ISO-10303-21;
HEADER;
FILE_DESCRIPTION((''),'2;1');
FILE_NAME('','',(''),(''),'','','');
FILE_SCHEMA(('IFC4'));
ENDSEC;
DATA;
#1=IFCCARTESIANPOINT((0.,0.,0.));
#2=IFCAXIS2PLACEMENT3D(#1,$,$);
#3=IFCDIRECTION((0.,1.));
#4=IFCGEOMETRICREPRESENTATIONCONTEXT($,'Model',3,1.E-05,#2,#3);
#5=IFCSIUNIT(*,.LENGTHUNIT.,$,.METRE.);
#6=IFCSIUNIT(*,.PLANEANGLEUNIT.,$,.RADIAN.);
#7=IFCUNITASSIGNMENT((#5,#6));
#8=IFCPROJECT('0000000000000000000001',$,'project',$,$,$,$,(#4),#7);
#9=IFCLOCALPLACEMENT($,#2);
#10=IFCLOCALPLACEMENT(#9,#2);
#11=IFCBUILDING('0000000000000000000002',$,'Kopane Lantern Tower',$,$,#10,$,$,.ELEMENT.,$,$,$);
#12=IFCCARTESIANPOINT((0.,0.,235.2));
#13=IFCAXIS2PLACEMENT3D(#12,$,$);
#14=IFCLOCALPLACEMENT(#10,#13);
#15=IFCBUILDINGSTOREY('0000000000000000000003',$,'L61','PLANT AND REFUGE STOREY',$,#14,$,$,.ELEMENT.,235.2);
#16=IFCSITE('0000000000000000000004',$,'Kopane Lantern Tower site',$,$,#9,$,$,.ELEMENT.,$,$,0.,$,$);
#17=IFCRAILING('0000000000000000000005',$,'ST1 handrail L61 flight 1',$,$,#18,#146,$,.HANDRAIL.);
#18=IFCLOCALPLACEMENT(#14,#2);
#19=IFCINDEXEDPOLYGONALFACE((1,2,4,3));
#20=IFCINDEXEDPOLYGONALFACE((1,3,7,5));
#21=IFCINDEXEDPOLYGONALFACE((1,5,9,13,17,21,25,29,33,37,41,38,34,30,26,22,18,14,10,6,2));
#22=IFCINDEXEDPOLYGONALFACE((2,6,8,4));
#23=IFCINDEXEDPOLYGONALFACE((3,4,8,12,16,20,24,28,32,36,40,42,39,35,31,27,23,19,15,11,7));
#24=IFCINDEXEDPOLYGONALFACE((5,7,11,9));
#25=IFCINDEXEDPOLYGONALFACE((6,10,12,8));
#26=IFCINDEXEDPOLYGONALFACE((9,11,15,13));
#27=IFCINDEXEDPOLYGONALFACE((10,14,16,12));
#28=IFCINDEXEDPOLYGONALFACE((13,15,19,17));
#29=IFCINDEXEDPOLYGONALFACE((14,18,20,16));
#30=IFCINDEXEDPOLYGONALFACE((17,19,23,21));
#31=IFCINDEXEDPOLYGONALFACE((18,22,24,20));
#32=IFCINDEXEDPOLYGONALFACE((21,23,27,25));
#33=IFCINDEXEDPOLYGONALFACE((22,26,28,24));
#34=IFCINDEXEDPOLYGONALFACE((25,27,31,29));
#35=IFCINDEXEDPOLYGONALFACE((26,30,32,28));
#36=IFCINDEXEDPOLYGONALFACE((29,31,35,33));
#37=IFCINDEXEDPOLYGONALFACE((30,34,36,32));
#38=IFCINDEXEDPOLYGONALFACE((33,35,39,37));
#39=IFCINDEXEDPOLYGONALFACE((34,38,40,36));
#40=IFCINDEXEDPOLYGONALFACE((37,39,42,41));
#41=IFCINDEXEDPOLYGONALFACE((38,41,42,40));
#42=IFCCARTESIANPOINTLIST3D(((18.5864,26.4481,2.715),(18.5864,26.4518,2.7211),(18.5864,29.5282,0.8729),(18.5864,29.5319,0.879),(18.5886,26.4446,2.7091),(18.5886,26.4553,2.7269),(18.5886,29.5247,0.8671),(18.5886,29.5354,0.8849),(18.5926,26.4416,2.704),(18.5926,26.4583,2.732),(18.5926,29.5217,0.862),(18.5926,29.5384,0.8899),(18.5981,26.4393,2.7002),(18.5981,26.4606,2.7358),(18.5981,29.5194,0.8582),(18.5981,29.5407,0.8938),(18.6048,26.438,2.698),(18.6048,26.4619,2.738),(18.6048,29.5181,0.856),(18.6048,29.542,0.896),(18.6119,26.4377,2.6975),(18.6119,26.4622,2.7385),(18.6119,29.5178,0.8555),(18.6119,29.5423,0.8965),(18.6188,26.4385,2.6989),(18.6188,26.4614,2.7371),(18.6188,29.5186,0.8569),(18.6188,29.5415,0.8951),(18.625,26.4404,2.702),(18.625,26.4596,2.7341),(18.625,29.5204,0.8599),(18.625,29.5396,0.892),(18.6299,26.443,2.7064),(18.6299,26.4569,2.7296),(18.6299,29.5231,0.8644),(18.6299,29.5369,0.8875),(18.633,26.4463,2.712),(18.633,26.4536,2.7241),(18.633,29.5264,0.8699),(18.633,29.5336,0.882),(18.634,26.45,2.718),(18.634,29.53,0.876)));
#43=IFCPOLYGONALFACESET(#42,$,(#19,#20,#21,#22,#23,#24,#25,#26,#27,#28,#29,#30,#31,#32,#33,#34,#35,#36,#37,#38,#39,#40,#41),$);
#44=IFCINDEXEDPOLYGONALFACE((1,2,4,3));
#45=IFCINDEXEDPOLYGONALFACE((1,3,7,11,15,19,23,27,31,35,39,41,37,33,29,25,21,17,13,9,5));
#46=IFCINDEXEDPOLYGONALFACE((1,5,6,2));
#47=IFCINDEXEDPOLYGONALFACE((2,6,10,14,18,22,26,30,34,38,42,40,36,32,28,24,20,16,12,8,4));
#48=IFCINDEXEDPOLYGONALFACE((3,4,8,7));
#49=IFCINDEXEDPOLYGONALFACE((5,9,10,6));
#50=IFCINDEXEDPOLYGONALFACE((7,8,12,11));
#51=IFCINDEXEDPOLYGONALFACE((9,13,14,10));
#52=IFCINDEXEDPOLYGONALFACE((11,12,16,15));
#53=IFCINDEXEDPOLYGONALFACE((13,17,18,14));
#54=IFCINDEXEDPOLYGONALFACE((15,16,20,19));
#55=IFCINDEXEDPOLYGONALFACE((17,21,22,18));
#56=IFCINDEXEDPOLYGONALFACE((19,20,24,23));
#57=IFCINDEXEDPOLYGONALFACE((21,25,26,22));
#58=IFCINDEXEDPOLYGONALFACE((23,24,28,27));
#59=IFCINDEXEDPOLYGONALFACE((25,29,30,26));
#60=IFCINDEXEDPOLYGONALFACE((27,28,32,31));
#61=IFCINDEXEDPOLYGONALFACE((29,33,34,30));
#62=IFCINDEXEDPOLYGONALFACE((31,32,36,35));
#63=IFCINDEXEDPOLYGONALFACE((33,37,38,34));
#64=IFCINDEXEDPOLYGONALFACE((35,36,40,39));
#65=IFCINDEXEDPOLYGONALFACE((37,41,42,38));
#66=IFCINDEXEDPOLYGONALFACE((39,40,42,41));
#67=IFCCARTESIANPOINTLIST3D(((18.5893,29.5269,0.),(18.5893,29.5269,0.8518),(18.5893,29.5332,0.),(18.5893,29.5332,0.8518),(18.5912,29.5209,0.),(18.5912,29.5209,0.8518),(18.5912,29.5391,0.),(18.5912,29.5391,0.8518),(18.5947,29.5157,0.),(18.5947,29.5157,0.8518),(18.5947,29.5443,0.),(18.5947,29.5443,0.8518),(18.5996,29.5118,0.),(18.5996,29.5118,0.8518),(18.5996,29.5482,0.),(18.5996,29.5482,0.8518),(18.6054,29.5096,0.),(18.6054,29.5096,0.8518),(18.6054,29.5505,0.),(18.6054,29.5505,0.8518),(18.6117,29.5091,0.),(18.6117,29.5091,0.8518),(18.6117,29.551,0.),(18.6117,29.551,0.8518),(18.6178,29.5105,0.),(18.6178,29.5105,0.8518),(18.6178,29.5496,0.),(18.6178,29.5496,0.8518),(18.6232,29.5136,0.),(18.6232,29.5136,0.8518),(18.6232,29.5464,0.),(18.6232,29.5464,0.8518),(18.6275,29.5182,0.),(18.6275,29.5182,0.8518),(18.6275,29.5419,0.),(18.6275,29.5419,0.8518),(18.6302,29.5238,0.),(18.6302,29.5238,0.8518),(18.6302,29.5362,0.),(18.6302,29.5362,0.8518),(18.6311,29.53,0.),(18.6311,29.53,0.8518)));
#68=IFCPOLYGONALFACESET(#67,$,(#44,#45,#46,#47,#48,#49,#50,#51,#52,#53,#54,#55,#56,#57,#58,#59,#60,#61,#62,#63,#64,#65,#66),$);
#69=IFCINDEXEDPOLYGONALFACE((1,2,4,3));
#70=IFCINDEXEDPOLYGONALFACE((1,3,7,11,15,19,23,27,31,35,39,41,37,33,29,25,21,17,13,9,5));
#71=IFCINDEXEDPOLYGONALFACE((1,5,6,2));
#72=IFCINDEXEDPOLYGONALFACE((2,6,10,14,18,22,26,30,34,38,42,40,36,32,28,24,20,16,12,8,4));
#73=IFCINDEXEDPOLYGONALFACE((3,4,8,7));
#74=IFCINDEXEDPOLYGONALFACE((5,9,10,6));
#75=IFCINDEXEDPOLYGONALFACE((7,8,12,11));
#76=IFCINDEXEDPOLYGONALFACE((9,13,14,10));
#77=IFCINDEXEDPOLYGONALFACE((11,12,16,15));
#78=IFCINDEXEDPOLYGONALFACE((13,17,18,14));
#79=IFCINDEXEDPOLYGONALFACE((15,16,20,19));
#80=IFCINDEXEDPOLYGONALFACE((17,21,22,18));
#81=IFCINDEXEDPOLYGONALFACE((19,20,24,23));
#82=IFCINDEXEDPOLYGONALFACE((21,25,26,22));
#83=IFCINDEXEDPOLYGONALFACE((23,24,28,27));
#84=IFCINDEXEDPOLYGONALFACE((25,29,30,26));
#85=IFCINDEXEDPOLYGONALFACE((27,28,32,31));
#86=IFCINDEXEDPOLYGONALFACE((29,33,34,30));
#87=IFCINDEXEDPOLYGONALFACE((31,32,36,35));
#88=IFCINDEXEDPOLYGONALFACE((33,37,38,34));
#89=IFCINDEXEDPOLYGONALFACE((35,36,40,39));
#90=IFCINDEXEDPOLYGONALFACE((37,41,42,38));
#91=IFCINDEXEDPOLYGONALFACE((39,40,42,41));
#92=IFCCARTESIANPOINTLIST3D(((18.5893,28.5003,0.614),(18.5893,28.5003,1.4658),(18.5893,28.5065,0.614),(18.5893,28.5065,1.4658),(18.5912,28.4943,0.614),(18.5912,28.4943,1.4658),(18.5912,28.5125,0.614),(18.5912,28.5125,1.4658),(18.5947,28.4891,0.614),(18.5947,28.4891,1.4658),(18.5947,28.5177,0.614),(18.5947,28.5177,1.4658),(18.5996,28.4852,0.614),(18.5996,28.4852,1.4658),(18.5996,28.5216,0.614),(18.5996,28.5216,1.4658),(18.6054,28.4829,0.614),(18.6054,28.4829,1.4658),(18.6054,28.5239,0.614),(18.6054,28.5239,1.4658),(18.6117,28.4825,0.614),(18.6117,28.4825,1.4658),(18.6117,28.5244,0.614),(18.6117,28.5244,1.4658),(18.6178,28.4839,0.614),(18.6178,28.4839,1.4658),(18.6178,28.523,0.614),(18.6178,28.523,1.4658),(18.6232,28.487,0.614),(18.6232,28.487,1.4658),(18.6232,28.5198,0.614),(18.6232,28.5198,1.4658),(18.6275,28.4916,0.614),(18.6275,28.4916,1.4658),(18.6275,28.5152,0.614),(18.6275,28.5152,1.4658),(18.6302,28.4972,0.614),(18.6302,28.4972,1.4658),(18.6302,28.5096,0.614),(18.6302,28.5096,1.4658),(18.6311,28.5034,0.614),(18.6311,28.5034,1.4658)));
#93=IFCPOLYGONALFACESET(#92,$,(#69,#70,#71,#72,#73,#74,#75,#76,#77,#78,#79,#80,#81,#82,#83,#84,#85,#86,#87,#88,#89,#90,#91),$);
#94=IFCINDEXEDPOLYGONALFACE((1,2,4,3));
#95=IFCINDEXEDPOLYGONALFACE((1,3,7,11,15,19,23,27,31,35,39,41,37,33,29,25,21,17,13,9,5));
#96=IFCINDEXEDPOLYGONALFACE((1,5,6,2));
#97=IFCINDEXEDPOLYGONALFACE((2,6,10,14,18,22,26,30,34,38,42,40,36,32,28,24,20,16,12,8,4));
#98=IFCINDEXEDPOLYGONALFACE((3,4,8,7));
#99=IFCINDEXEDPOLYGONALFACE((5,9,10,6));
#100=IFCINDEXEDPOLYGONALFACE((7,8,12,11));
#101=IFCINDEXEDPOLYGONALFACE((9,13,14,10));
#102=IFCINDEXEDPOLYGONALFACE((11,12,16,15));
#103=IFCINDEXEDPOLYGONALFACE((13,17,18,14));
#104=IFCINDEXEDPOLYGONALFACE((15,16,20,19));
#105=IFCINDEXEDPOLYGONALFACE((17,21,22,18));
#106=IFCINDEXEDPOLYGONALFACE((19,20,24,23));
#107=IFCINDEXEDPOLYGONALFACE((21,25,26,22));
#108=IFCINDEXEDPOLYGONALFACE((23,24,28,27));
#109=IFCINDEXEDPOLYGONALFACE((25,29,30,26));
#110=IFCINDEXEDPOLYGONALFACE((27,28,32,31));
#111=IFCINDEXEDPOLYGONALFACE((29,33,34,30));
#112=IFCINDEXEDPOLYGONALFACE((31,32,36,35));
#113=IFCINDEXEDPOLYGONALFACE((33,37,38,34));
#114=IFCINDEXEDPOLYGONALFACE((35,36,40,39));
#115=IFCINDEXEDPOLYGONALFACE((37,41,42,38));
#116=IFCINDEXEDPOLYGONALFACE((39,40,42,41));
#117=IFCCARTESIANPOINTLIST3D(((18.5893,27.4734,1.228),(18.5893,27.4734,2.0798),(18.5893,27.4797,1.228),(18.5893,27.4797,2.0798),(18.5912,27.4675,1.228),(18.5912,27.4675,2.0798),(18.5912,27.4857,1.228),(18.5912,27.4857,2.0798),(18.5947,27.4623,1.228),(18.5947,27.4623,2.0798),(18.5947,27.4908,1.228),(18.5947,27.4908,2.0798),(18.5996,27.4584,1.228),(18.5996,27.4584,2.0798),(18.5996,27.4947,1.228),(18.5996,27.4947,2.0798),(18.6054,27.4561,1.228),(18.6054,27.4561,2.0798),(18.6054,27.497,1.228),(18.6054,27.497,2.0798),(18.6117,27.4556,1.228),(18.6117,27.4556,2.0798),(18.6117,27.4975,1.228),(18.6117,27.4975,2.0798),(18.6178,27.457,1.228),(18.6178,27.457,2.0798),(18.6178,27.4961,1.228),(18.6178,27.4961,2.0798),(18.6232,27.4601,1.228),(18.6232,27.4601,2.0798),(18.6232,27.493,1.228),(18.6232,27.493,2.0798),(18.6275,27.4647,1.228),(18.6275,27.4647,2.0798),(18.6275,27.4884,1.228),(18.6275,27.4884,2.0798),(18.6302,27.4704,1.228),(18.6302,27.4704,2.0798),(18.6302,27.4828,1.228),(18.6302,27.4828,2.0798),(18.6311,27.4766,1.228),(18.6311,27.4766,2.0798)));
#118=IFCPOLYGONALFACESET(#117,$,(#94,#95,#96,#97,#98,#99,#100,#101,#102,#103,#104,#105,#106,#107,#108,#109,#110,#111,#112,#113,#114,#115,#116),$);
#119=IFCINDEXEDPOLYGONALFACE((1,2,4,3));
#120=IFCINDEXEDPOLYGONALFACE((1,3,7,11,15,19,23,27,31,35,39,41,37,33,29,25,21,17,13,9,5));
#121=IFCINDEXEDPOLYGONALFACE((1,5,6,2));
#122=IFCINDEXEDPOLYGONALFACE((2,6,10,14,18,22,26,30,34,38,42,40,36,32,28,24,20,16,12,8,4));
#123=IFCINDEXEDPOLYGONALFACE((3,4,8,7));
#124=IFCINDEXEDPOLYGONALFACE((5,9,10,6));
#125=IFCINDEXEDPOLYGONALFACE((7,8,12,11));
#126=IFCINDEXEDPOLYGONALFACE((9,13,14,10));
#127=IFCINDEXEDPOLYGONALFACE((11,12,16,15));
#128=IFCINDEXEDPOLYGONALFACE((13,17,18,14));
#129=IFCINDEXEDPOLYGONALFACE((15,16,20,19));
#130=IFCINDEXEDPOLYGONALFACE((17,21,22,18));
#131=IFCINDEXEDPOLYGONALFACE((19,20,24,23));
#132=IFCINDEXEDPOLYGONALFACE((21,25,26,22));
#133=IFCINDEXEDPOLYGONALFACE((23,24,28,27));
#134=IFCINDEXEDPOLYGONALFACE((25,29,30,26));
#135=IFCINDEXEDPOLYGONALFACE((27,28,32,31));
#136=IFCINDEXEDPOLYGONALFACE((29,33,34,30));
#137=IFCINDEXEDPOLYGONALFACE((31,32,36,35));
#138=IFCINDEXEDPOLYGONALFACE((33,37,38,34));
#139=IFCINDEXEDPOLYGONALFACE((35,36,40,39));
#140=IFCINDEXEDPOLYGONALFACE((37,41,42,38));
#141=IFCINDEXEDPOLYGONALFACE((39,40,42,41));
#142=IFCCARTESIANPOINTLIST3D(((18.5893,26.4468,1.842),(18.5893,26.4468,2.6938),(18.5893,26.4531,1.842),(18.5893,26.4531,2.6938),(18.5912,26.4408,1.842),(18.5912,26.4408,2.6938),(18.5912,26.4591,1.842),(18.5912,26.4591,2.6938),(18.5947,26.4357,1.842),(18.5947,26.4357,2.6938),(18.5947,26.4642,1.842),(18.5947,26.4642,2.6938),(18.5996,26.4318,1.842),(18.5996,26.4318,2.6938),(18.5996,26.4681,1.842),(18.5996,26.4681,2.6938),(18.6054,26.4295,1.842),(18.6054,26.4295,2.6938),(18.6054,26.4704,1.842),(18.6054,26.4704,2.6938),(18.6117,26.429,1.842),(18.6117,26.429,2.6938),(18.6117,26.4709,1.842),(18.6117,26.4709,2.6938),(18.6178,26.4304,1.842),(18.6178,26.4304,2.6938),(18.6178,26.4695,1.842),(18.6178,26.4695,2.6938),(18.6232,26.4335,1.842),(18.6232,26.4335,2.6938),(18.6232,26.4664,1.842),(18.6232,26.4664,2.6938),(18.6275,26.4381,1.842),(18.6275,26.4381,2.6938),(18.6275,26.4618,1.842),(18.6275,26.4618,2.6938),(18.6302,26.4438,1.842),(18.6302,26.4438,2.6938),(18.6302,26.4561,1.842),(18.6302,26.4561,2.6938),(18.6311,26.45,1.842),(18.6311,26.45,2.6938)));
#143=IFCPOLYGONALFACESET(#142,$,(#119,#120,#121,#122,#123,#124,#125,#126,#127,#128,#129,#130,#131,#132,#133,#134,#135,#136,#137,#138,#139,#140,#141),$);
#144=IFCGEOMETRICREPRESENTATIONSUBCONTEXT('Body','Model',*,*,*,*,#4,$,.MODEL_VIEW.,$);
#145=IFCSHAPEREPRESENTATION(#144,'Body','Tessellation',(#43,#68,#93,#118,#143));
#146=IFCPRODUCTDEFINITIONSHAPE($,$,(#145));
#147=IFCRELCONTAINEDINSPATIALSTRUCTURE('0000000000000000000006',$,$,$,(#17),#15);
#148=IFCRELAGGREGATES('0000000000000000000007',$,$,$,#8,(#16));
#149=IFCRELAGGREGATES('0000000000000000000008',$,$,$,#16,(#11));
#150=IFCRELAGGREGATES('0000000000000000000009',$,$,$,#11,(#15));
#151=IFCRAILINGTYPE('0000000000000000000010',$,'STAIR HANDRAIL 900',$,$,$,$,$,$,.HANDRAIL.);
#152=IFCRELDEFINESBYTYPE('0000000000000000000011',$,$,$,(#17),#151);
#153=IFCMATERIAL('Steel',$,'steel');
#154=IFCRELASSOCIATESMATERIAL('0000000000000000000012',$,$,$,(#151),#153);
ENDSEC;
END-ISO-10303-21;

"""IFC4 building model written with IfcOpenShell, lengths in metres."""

from ifc_helpers import new_model, si_unit, direction, frame, origin, origin_2d, place, context, subcontext, project, spatial, circle, extrude, material, type_object, element, save


model = new_model("IFC4")

# Units and contexts
model_context = context("Model", 3, precision=1e-05, world=origin(), true_north=direction((0.0, 1.0)))
body_context = subcontext(model_context, "Body", "Model", "MODEL_VIEW")
ifc_project = project(units=[si_unit("LENGTHUNIT", "METRE"), si_unit("PLANEANGLEUNIT", "RADIAN")], contexts=[model_context])

# Site, building, storey
site_placement = place(None, origin())
site = spatial("IfcSite", under=ifc_project, at=site_placement, Name="Kopane Lantern Tower site", CompositionType="ELEMENT", RefElevation=0.0)
building_placement = place(site_placement, origin())
building = spatial("IfcBuilding", under=site, at=building_placement, Name="Kopane Lantern Tower", CompositionType="ELEMENT")
storey_placement = place(building_placement, frame((0.0, 0.0, 235.2)))
storey = spatial("IfcBuildingStorey", under=building, at=storey_placement, Name="L61", Description="PLANT AND REFUGE STOREY", CompositionType="ELEMENT", Elevation=235.2)

# Railing
ifc_material_1 = material(Name="Steel", Category="steel")
railing_type_1 = type_object("IfcRailingType", Name="STAIR HANDRAIL 900", PredefinedType="HANDRAIL", material=ifc_material_1)
for number, where, name in (
    (1, (18.6101, 29.53, 0.0), "ST1 handrail L61 flight 1"),
):
    element("IfcRailing", number, at=place(storey_placement, frame(where)), inside=storey, type_object=railing_type_1, Name=name, PredefinedType="HANDRAIL", context=body_context, shape_type="SweptSolid", body=[
        extrude(circle(Radius=0.0239, at=origin_2d()), frame((0.0, 0.0, 0.876), z_axis=(0.0, -0.85823, 0.513265), x_axis=(1.0, 0.0, 0.0)), (0.0, 0.0, 1.0), 3.5889),
        extrude(circle(Radius=0.021, at=origin_2d()), origin(), (0.0, 0.0, 1.0), 0.8518),
        extrude(circle(Radius=0.021, at=origin_2d()), frame((0.0, -1.0266, 0.614)), (0.0, 0.0, 1.0), 0.8518),
        extrude(circle(Radius=0.021, at=origin_2d()), frame((0.0, -2.0535, 1.228)), (0.0, 0.0, 1.0), 0.8518),
        extrude(circle(Radius=0.021, at=origin_2d()), frame((0.0, -3.0801, 1.842)), (0.0, 0.0, 1.0), 0.8518),
    ])

save(model, "model.ifc")
